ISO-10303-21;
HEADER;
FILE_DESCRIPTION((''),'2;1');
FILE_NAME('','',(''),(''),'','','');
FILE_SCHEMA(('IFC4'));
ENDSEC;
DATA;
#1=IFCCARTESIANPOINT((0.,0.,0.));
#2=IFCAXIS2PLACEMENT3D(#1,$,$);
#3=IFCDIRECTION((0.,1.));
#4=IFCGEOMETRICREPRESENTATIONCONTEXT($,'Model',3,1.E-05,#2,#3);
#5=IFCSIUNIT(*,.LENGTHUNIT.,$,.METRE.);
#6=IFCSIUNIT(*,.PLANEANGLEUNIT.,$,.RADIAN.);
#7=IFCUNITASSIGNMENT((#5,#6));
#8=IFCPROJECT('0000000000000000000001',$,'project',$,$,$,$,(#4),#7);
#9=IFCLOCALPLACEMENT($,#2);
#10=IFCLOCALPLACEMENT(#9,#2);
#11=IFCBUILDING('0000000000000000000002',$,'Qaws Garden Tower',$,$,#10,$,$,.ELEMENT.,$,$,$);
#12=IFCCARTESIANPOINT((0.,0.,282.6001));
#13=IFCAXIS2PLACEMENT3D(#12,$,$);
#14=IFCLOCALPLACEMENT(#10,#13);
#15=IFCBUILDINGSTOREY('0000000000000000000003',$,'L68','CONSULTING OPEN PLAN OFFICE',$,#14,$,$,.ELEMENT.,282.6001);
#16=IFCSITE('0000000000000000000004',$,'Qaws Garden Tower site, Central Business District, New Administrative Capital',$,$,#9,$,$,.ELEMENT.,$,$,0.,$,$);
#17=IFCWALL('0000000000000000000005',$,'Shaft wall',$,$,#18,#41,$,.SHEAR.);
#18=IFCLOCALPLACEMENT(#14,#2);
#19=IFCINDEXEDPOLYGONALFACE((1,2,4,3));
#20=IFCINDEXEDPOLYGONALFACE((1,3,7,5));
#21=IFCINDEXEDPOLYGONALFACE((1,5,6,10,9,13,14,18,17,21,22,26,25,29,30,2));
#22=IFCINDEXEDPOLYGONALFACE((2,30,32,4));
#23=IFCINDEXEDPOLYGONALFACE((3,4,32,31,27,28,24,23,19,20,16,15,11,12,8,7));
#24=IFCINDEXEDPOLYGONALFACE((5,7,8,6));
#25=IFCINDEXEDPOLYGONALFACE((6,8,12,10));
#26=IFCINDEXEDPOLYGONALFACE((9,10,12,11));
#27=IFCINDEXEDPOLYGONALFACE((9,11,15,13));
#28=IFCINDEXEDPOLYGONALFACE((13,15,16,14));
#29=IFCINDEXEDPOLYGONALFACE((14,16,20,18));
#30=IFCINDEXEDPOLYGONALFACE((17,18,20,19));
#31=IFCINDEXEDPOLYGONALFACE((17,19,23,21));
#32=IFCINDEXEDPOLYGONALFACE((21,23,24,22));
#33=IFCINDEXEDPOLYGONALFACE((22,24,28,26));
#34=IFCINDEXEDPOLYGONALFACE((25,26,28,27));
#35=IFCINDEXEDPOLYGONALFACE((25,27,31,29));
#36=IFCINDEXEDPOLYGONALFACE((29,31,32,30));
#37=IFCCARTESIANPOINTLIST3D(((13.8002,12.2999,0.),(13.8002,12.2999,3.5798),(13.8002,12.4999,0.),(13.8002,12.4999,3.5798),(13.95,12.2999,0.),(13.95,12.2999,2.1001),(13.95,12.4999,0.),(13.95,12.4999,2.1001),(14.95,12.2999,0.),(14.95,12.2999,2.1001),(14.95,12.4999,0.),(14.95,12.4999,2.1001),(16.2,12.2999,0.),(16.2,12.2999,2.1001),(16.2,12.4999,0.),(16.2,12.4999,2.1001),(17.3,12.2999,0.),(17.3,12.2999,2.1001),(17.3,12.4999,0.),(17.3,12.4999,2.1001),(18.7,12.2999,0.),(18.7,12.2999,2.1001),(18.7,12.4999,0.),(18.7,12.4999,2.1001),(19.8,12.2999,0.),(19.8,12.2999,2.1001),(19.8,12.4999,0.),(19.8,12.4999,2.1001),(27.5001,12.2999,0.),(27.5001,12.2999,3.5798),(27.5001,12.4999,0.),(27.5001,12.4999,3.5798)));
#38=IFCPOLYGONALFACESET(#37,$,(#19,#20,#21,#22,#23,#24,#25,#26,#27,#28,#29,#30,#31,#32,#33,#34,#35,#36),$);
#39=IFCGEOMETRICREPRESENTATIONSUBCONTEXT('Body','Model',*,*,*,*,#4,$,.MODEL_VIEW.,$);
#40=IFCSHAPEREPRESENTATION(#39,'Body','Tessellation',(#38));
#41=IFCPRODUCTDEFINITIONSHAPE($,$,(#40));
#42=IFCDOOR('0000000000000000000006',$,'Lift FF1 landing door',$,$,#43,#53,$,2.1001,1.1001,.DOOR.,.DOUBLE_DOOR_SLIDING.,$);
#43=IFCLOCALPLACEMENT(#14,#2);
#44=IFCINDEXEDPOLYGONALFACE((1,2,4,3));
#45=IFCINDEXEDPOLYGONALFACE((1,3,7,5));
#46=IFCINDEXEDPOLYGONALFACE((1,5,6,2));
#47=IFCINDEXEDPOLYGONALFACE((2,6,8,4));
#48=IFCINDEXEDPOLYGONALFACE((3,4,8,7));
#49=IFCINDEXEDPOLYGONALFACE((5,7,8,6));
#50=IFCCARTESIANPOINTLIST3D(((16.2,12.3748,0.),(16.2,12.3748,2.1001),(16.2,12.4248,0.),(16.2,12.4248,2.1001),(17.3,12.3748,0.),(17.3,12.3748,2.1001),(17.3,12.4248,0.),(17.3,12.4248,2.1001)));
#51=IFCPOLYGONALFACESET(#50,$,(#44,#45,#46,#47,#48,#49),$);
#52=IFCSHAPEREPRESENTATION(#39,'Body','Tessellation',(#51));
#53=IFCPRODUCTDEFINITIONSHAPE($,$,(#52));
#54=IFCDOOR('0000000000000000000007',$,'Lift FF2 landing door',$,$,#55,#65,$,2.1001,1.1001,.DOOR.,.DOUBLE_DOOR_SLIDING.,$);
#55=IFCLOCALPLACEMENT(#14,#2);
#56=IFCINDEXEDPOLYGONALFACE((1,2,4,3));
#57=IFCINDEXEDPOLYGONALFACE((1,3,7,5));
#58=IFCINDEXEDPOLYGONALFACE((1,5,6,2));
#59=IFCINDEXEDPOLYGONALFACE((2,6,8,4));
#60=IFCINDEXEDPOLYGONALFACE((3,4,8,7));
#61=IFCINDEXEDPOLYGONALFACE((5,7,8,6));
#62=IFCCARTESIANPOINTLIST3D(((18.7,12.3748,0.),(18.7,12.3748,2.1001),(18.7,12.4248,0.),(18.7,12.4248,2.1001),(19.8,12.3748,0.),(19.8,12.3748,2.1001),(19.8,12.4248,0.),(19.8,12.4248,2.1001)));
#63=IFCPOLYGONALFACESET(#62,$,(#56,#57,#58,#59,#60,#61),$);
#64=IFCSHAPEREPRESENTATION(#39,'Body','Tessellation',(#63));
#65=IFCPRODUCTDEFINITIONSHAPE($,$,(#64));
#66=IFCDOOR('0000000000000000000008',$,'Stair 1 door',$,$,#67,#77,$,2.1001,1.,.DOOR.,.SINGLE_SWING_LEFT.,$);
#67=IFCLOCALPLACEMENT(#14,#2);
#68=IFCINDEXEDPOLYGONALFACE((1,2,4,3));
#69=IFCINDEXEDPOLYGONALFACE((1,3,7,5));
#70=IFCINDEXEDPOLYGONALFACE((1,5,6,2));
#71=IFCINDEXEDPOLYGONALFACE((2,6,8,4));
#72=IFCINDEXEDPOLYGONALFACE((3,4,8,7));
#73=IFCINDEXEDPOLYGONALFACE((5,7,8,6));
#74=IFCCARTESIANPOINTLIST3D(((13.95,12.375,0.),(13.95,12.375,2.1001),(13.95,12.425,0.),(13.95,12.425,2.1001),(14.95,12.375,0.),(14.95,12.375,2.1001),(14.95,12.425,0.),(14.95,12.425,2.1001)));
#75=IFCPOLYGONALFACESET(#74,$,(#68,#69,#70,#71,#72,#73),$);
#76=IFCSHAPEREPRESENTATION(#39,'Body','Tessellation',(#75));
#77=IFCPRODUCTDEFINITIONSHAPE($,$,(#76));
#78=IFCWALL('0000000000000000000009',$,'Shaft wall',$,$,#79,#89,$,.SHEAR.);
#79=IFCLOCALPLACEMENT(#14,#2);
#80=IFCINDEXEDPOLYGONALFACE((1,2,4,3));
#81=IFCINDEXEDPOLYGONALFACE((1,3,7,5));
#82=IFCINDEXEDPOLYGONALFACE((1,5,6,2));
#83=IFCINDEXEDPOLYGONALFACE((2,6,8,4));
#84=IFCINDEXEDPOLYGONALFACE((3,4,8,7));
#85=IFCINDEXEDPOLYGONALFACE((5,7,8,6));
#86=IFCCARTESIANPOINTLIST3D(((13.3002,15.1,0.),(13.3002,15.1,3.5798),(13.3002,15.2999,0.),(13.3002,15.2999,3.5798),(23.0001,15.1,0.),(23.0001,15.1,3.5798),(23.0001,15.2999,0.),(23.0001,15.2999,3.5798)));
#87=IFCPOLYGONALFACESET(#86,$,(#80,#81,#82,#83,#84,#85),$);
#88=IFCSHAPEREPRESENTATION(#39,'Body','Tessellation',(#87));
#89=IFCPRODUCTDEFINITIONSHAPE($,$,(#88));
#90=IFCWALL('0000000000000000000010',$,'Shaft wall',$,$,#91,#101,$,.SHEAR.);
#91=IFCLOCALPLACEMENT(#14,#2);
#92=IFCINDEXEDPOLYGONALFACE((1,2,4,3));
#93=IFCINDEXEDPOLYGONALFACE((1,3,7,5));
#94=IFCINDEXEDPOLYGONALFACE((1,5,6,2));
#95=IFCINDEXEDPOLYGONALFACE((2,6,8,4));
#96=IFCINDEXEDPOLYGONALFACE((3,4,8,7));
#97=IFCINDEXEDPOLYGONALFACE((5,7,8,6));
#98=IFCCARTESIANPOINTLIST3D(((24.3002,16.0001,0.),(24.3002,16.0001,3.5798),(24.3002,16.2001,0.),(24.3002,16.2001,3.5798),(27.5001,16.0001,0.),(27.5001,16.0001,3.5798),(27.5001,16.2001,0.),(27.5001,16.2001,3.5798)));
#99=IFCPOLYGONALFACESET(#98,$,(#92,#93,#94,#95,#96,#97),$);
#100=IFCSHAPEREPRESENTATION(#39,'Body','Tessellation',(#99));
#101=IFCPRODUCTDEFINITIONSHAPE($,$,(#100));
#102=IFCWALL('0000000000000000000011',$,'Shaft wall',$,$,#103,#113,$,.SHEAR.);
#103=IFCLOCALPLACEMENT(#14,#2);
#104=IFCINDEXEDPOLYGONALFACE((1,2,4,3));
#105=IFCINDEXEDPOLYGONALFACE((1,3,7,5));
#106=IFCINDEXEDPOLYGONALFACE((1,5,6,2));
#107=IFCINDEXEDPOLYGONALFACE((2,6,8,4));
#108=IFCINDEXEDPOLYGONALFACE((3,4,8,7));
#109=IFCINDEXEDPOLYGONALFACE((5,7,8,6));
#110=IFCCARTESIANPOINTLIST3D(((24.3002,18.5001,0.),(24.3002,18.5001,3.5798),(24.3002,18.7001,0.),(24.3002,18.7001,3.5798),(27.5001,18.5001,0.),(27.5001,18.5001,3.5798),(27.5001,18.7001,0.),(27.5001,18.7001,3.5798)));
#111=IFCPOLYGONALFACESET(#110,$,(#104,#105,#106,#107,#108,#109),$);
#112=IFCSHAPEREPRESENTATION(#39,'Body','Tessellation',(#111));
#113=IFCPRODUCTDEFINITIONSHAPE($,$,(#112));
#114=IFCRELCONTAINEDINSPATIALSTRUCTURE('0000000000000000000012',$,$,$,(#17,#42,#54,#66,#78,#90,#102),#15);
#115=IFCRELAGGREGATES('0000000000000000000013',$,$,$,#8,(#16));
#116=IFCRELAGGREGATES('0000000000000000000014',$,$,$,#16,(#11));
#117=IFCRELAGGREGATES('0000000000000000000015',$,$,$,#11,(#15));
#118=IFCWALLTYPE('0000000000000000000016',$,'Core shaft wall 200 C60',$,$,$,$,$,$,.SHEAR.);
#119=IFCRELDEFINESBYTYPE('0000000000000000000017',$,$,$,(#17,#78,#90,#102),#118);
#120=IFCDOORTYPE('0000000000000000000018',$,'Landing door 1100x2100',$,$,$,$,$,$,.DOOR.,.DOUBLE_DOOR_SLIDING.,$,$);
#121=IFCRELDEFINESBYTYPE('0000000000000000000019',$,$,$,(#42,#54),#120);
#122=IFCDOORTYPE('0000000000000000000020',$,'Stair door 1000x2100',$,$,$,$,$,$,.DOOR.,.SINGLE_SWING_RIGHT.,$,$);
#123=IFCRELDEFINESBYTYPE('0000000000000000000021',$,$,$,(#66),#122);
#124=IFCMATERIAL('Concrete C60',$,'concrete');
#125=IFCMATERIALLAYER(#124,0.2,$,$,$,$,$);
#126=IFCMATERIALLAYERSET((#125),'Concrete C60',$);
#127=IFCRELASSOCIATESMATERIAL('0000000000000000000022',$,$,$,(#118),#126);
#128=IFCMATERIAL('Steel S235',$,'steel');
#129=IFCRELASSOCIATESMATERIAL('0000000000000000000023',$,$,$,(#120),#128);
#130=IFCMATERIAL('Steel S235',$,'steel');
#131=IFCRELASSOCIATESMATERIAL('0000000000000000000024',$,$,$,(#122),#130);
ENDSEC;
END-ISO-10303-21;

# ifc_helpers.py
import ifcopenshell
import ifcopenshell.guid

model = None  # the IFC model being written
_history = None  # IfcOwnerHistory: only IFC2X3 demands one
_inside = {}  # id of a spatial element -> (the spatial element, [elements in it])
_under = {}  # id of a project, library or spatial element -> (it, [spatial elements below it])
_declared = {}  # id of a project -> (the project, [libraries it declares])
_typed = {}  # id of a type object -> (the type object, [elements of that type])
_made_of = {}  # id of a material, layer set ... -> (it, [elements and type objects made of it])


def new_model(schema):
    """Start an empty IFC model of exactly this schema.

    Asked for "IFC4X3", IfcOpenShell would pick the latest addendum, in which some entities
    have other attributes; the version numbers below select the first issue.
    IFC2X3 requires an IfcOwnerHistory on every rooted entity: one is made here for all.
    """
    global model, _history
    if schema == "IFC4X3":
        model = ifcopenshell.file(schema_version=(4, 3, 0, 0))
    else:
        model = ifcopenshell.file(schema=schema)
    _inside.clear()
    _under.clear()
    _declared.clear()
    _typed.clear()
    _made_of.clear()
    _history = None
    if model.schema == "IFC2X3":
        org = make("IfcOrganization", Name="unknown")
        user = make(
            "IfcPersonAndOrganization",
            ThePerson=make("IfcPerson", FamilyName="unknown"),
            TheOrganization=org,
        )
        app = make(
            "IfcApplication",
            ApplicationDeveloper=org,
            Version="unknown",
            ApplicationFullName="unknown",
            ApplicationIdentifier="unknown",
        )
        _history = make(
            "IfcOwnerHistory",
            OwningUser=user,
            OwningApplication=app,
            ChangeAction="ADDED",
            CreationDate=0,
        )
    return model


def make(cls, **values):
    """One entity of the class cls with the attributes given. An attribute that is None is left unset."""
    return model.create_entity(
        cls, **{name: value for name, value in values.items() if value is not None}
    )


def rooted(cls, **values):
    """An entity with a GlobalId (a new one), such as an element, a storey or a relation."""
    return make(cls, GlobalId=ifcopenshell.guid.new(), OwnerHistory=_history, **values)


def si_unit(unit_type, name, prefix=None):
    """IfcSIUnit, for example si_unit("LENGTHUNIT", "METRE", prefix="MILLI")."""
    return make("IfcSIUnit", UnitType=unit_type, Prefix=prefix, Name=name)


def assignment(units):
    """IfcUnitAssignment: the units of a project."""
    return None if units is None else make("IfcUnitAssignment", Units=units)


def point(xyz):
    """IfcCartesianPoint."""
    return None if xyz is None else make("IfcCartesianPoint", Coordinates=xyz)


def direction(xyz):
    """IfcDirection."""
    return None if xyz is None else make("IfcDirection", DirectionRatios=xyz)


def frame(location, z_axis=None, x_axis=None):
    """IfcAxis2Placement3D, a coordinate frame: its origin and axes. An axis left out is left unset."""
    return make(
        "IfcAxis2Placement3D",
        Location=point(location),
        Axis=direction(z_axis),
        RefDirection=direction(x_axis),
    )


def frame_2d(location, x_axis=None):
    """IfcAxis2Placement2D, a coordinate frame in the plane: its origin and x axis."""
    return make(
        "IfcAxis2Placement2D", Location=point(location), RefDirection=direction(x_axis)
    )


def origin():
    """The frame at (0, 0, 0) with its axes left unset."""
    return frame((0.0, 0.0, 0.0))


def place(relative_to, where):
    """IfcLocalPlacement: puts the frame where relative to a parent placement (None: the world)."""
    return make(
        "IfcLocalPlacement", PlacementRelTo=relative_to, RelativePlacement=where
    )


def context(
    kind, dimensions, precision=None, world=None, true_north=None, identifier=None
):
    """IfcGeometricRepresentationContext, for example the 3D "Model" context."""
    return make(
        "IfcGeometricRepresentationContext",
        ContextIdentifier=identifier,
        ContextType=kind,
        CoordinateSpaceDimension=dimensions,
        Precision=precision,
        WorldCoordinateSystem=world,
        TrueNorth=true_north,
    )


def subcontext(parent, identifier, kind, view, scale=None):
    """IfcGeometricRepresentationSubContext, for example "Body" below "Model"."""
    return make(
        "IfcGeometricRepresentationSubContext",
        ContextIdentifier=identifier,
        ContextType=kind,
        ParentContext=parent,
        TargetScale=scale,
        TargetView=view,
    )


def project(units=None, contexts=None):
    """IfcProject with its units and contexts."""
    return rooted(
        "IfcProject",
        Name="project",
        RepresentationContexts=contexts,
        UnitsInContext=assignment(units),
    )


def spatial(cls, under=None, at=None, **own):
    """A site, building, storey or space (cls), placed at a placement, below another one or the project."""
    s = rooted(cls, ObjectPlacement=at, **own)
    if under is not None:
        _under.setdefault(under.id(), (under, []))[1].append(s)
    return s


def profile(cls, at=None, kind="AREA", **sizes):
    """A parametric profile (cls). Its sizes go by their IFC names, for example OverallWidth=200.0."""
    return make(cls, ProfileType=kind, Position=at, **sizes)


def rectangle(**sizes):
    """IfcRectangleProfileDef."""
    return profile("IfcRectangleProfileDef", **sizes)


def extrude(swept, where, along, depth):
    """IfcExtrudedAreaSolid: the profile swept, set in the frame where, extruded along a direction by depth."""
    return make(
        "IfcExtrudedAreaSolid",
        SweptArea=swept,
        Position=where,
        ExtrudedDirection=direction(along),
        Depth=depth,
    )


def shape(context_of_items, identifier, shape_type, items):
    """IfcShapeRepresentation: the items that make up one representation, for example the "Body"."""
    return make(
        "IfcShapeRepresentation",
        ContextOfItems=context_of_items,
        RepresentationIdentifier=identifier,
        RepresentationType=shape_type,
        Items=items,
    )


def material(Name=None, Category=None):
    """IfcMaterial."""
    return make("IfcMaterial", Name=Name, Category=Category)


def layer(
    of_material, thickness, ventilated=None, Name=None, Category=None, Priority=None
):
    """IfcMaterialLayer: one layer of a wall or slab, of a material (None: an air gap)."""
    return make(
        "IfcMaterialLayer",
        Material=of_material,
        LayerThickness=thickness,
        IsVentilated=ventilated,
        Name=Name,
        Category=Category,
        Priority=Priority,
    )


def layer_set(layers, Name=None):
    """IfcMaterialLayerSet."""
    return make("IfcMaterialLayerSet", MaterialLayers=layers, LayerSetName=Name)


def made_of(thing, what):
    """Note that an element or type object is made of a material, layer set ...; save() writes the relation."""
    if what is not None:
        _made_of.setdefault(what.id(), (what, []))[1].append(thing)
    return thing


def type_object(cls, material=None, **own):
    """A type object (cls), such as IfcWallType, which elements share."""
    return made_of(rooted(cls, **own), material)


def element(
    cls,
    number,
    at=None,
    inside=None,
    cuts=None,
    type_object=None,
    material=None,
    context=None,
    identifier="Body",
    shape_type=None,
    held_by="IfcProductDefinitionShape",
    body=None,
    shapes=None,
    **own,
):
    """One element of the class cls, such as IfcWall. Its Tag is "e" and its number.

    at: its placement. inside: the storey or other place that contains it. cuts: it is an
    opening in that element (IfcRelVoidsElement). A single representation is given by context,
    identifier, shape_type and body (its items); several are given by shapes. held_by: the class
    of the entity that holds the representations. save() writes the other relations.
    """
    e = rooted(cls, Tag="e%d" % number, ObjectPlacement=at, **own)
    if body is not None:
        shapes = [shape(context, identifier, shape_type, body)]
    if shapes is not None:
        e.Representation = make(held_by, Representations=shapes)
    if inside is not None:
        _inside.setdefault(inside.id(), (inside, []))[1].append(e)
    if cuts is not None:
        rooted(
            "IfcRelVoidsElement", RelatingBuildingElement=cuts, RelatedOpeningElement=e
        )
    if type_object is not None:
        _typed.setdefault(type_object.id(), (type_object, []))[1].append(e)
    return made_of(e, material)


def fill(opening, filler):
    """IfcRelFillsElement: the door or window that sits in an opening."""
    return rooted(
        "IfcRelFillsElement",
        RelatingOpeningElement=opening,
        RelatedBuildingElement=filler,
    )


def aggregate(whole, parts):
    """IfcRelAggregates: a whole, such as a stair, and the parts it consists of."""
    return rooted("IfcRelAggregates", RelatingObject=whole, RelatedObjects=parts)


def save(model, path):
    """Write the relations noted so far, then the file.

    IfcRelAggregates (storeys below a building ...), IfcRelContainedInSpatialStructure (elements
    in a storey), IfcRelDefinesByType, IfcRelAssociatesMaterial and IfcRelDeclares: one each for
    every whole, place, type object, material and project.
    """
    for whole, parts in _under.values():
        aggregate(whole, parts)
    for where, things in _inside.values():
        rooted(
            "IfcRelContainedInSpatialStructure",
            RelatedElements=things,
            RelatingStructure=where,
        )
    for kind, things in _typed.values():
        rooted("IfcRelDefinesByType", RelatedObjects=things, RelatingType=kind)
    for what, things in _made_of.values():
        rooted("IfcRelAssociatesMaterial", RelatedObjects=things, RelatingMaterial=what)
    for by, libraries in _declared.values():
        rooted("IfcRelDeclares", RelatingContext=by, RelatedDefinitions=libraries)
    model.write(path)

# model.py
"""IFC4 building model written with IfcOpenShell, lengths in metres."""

from ifc_helpers import new_model, si_unit, direction, frame, frame_2d, origin, place, context, subcontext, project, spatial, rectangle, extrude, material, layer, layer_set, type_object, element, fill, save


model = new_model("IFC4")

# Units and contexts
model_context = context("Model", 3, precision=1e-05, world=origin(), true_north=direction((0.0, 1.0)))
body_context = subcontext(model_context, "Body", "Model", "MODEL_VIEW")
ifc_project = project(units=[si_unit("LENGTHUNIT", "METRE"), si_unit("PLANEANGLEUNIT", "RADIAN")], contexts=[model_context])

# Site, building, storey
site_placement = place(None, origin())
site = spatial("IfcSite", under=ifc_project, at=site_placement, Name="Qaws Garden Tower site, Central Business District, New Administrative Capital", CompositionType="ELEMENT", RefElevation=0.0)
building_placement = place(site_placement, origin())
building = spatial("IfcBuilding", under=site, at=building_placement, Name="Qaws Garden Tower", CompositionType="ELEMENT")
storey_placement = place(building_placement, frame((0.0, 0.0, 282.6001)))
storey = spatial("IfcBuildingStorey", under=building, at=storey_placement, Name="L68", Description="CONSULTING OPEN PLAN OFFICE", CompositionType="ELEMENT", Elevation=282.6001)

# Wall, openings, doors
ifc_material_1 = material(Name="Concrete C60", Category="concrete")
ifc_layer_1 = layer(ifc_material_1, 0.2)
ifc_layer_set_1 = layer_set([ifc_layer_1], Name="Concrete C60")
wall_type_1 = type_object("IfcWallType", Name="Core shaft wall 200 C60", PredefinedType="SHEAR", material=ifc_layer_set_1)
wall_1_placement = place(storey_placement, frame((13.8, 12.3999, 0.0), z_axis=(0.0, 0.0, 1.0), x_axis=(1.0, 0.0, 0.0)))
wall_1 = element("IfcWall", 1, at=wall_1_placement, inside=storey, type_object=wall_type_1, Name="Shaft wall", PredefinedType="SHEAR", context=body_context, shape_type="SweptSolid", body=[
    extrude(rectangle(XDim=13.7, YDim=0.2, at=frame_2d((6.8501, 0.0))), origin(), (0.0, 0.0, 1.0), 3.5798),
])
opening_1_placement = place(wall_1_placement, frame((2.3999, 0.0, 0.0)))
opening_1 = element("IfcOpeningElement", 2, at=opening_1_placement, cuts=wall_1, PredefinedType="OPENING", context=body_context, shape_type="SweptSolid", body=[
    extrude(rectangle(XDim=1.1001, YDim=2.1001, at=frame_2d((0.55, 1.05))), frame((0.0, 0.1099, 0.0), z_axis=(0.0, -1.0, 0.0), x_axis=(1.0, 0.0, 0.0)), (0.0, 0.0, 1.0), 0.22),
])
opening_2_placement = place(wall_1_placement, frame((4.8999, 0.0, 0.0)))
opening_2 = element("IfcOpeningElement", 3, at=opening_2_placement, cuts=wall_1, PredefinedType="OPENING", context=body_context, shape_type="SweptSolid", body=[
    extrude(rectangle(XDim=1.1001, YDim=2.1001, at=frame_2d((0.55, 1.05))), frame((0.0, 0.1099, 0.0), z_axis=(0.0, -1.0, 0.0), x_axis=(1.0, 0.0, 0.0)), (0.0, 0.0, 1.0), 0.22),
])
opening_3_placement = place(wall_1_placement, frame((0.1499, 0.0, 0.0)))
opening_3 = element("IfcOpeningElement", 4, at=opening_3_placement, cuts=wall_1, PredefinedType="OPENING", context=body_context, shape_type="SweptSolid", body=[
    extrude(rectangle(XDim=1.0, YDim=2.1001, at=frame_2d((0.5, 1.05))), frame((0.0, 0.1099, 0.0), z_axis=(0.0, -1.0, 0.0), x_axis=(1.0, 0.0, 0.0)), (0.0, 0.0, 1.0), 0.22),
])
ifc_material_2 = material(Name="Steel S235", Category="steel")
door_type_1 = type_object("IfcDoorType", Name="Landing door 1100x2100", OperationType="DOUBLE_DOOR_SLIDING", PredefinedType="DOOR", material=ifc_material_2)
door_1_placement = place(opening_1_placement, origin())
door_1 = element("IfcDoor", 5, at=door_1_placement, inside=storey, type_object=door_type_1, Name="Lift FF1 landing door", OperationType="DOUBLE_DOOR_SLIDING", OverallHeight=2.1001, OverallWidth=1.1001, PredefinedType="DOOR", context=body_context, shape_type="SweptSolid", body=[
    extrude(rectangle(XDim=1.1001, YDim=2.1001, at=frame_2d((0.55, 1.05))), frame((0.0, 0.0249, 0.0), z_axis=(0.0, -1.0, 0.0), x_axis=(1.0, 0.0, 0.0)), (0.0, 0.0, 1.0), 0.05),
])
fill(opening_1, door_1)
door_2_placement = place(opening_2_placement, origin())
door_2 = element("IfcDoor", 6, at=door_2_placement, inside=storey, type_object=door_type_1, Name="Lift FF2 landing door", OperationType="DOUBLE_DOOR_SLIDING", OverallHeight=2.1001, OverallWidth=1.1001, PredefinedType="DOOR", context=body_context, shape_type="SweptSolid", body=[
    extrude(rectangle(XDim=1.1001, YDim=2.1001, at=frame_2d((0.55, 1.05))), frame((0.0, 0.0249, 0.0), z_axis=(0.0, -1.0, 0.0), x_axis=(1.0, 0.0, 0.0)), (0.0, 0.0, 1.0), 0.05),
])
fill(opening_2, door_2)
ifc_material_3 = material(Name="Steel S235", Category="steel")
door_type_2 = type_object("IfcDoorType", Name="Stair door 1000x2100", OperationType="SINGLE_SWING_RIGHT", PredefinedType="DOOR", material=ifc_material_3)
door_3_placement = place(opening_3_placement, frame((1.0, 0.0, 0.0), z_axis=(0.0, 0.0, 1.0), x_axis=(-1.0, 0.0, 0.0)))
door_3 = element("IfcDoor", 7, at=door_3_placement, inside=storey, type_object=door_type_2, Name="Stair 1 door", OperationType="SINGLE_SWING_LEFT", OverallHeight=2.1001, OverallWidth=1.0, PredefinedType="DOOR", context=body_context, shape_type="SweptSolid", body=[
    extrude(rectangle(XDim=1.0, YDim=2.1001, at=frame_2d((0.5, 1.05))), frame((0.0, 0.0249, 0.0), z_axis=(0.0, -1.0, 0.0), x_axis=(1.0, 0.0, 0.0)), (0.0, 0.0, 1.0), 0.05),
])
fill(opening_3, door_3)

# Walls
wall_2_placement = place(storey_placement, frame((13.3, 15.2, 0.0), z_axis=(0.0, 0.0, 1.0), x_axis=(1.0, 0.0, 0.0)))
element("IfcWall", 8, at=wall_2_placement, inside=storey, type_object=wall_type_1, Name="Shaft wall", PredefinedType="SHEAR", context=body_context, shape_type="SweptSolid", body=[
    extrude(rectangle(XDim=9.7, YDim=0.2, at=frame_2d((4.8501, 0.0))), origin(), (0.0, 0.0, 1.0), 3.5798),
])
for number, where, z_axis, x_axis, name in (
    (9, (24.3, 16.1001, 0.0), (0.0, 0.0, 1.0), (1.0, 0.0, 0.0), "Shaft wall"),
    (10, (24.3, 18.6001, 0.0), (0.0, 0.0, 1.0), (1.0, 0.0, 0.0), "Shaft wall"),
):
    element("IfcWall", number, at=place(storey_placement, frame(where, z_axis=z_axis, x_axis=x_axis)), inside=storey, type_object=wall_type_1, Name=name, PredefinedType="SHEAR", context=body_context, shape_type="SweptSolid", body=[
        extrude(rectangle(XDim=3.2, YDim=0.2, at=frame_2d((1.6001, 0.0))), origin(), (0.0, 0.0, 1.0), 3.5798),
    ])

save(model, "model.ifc")
